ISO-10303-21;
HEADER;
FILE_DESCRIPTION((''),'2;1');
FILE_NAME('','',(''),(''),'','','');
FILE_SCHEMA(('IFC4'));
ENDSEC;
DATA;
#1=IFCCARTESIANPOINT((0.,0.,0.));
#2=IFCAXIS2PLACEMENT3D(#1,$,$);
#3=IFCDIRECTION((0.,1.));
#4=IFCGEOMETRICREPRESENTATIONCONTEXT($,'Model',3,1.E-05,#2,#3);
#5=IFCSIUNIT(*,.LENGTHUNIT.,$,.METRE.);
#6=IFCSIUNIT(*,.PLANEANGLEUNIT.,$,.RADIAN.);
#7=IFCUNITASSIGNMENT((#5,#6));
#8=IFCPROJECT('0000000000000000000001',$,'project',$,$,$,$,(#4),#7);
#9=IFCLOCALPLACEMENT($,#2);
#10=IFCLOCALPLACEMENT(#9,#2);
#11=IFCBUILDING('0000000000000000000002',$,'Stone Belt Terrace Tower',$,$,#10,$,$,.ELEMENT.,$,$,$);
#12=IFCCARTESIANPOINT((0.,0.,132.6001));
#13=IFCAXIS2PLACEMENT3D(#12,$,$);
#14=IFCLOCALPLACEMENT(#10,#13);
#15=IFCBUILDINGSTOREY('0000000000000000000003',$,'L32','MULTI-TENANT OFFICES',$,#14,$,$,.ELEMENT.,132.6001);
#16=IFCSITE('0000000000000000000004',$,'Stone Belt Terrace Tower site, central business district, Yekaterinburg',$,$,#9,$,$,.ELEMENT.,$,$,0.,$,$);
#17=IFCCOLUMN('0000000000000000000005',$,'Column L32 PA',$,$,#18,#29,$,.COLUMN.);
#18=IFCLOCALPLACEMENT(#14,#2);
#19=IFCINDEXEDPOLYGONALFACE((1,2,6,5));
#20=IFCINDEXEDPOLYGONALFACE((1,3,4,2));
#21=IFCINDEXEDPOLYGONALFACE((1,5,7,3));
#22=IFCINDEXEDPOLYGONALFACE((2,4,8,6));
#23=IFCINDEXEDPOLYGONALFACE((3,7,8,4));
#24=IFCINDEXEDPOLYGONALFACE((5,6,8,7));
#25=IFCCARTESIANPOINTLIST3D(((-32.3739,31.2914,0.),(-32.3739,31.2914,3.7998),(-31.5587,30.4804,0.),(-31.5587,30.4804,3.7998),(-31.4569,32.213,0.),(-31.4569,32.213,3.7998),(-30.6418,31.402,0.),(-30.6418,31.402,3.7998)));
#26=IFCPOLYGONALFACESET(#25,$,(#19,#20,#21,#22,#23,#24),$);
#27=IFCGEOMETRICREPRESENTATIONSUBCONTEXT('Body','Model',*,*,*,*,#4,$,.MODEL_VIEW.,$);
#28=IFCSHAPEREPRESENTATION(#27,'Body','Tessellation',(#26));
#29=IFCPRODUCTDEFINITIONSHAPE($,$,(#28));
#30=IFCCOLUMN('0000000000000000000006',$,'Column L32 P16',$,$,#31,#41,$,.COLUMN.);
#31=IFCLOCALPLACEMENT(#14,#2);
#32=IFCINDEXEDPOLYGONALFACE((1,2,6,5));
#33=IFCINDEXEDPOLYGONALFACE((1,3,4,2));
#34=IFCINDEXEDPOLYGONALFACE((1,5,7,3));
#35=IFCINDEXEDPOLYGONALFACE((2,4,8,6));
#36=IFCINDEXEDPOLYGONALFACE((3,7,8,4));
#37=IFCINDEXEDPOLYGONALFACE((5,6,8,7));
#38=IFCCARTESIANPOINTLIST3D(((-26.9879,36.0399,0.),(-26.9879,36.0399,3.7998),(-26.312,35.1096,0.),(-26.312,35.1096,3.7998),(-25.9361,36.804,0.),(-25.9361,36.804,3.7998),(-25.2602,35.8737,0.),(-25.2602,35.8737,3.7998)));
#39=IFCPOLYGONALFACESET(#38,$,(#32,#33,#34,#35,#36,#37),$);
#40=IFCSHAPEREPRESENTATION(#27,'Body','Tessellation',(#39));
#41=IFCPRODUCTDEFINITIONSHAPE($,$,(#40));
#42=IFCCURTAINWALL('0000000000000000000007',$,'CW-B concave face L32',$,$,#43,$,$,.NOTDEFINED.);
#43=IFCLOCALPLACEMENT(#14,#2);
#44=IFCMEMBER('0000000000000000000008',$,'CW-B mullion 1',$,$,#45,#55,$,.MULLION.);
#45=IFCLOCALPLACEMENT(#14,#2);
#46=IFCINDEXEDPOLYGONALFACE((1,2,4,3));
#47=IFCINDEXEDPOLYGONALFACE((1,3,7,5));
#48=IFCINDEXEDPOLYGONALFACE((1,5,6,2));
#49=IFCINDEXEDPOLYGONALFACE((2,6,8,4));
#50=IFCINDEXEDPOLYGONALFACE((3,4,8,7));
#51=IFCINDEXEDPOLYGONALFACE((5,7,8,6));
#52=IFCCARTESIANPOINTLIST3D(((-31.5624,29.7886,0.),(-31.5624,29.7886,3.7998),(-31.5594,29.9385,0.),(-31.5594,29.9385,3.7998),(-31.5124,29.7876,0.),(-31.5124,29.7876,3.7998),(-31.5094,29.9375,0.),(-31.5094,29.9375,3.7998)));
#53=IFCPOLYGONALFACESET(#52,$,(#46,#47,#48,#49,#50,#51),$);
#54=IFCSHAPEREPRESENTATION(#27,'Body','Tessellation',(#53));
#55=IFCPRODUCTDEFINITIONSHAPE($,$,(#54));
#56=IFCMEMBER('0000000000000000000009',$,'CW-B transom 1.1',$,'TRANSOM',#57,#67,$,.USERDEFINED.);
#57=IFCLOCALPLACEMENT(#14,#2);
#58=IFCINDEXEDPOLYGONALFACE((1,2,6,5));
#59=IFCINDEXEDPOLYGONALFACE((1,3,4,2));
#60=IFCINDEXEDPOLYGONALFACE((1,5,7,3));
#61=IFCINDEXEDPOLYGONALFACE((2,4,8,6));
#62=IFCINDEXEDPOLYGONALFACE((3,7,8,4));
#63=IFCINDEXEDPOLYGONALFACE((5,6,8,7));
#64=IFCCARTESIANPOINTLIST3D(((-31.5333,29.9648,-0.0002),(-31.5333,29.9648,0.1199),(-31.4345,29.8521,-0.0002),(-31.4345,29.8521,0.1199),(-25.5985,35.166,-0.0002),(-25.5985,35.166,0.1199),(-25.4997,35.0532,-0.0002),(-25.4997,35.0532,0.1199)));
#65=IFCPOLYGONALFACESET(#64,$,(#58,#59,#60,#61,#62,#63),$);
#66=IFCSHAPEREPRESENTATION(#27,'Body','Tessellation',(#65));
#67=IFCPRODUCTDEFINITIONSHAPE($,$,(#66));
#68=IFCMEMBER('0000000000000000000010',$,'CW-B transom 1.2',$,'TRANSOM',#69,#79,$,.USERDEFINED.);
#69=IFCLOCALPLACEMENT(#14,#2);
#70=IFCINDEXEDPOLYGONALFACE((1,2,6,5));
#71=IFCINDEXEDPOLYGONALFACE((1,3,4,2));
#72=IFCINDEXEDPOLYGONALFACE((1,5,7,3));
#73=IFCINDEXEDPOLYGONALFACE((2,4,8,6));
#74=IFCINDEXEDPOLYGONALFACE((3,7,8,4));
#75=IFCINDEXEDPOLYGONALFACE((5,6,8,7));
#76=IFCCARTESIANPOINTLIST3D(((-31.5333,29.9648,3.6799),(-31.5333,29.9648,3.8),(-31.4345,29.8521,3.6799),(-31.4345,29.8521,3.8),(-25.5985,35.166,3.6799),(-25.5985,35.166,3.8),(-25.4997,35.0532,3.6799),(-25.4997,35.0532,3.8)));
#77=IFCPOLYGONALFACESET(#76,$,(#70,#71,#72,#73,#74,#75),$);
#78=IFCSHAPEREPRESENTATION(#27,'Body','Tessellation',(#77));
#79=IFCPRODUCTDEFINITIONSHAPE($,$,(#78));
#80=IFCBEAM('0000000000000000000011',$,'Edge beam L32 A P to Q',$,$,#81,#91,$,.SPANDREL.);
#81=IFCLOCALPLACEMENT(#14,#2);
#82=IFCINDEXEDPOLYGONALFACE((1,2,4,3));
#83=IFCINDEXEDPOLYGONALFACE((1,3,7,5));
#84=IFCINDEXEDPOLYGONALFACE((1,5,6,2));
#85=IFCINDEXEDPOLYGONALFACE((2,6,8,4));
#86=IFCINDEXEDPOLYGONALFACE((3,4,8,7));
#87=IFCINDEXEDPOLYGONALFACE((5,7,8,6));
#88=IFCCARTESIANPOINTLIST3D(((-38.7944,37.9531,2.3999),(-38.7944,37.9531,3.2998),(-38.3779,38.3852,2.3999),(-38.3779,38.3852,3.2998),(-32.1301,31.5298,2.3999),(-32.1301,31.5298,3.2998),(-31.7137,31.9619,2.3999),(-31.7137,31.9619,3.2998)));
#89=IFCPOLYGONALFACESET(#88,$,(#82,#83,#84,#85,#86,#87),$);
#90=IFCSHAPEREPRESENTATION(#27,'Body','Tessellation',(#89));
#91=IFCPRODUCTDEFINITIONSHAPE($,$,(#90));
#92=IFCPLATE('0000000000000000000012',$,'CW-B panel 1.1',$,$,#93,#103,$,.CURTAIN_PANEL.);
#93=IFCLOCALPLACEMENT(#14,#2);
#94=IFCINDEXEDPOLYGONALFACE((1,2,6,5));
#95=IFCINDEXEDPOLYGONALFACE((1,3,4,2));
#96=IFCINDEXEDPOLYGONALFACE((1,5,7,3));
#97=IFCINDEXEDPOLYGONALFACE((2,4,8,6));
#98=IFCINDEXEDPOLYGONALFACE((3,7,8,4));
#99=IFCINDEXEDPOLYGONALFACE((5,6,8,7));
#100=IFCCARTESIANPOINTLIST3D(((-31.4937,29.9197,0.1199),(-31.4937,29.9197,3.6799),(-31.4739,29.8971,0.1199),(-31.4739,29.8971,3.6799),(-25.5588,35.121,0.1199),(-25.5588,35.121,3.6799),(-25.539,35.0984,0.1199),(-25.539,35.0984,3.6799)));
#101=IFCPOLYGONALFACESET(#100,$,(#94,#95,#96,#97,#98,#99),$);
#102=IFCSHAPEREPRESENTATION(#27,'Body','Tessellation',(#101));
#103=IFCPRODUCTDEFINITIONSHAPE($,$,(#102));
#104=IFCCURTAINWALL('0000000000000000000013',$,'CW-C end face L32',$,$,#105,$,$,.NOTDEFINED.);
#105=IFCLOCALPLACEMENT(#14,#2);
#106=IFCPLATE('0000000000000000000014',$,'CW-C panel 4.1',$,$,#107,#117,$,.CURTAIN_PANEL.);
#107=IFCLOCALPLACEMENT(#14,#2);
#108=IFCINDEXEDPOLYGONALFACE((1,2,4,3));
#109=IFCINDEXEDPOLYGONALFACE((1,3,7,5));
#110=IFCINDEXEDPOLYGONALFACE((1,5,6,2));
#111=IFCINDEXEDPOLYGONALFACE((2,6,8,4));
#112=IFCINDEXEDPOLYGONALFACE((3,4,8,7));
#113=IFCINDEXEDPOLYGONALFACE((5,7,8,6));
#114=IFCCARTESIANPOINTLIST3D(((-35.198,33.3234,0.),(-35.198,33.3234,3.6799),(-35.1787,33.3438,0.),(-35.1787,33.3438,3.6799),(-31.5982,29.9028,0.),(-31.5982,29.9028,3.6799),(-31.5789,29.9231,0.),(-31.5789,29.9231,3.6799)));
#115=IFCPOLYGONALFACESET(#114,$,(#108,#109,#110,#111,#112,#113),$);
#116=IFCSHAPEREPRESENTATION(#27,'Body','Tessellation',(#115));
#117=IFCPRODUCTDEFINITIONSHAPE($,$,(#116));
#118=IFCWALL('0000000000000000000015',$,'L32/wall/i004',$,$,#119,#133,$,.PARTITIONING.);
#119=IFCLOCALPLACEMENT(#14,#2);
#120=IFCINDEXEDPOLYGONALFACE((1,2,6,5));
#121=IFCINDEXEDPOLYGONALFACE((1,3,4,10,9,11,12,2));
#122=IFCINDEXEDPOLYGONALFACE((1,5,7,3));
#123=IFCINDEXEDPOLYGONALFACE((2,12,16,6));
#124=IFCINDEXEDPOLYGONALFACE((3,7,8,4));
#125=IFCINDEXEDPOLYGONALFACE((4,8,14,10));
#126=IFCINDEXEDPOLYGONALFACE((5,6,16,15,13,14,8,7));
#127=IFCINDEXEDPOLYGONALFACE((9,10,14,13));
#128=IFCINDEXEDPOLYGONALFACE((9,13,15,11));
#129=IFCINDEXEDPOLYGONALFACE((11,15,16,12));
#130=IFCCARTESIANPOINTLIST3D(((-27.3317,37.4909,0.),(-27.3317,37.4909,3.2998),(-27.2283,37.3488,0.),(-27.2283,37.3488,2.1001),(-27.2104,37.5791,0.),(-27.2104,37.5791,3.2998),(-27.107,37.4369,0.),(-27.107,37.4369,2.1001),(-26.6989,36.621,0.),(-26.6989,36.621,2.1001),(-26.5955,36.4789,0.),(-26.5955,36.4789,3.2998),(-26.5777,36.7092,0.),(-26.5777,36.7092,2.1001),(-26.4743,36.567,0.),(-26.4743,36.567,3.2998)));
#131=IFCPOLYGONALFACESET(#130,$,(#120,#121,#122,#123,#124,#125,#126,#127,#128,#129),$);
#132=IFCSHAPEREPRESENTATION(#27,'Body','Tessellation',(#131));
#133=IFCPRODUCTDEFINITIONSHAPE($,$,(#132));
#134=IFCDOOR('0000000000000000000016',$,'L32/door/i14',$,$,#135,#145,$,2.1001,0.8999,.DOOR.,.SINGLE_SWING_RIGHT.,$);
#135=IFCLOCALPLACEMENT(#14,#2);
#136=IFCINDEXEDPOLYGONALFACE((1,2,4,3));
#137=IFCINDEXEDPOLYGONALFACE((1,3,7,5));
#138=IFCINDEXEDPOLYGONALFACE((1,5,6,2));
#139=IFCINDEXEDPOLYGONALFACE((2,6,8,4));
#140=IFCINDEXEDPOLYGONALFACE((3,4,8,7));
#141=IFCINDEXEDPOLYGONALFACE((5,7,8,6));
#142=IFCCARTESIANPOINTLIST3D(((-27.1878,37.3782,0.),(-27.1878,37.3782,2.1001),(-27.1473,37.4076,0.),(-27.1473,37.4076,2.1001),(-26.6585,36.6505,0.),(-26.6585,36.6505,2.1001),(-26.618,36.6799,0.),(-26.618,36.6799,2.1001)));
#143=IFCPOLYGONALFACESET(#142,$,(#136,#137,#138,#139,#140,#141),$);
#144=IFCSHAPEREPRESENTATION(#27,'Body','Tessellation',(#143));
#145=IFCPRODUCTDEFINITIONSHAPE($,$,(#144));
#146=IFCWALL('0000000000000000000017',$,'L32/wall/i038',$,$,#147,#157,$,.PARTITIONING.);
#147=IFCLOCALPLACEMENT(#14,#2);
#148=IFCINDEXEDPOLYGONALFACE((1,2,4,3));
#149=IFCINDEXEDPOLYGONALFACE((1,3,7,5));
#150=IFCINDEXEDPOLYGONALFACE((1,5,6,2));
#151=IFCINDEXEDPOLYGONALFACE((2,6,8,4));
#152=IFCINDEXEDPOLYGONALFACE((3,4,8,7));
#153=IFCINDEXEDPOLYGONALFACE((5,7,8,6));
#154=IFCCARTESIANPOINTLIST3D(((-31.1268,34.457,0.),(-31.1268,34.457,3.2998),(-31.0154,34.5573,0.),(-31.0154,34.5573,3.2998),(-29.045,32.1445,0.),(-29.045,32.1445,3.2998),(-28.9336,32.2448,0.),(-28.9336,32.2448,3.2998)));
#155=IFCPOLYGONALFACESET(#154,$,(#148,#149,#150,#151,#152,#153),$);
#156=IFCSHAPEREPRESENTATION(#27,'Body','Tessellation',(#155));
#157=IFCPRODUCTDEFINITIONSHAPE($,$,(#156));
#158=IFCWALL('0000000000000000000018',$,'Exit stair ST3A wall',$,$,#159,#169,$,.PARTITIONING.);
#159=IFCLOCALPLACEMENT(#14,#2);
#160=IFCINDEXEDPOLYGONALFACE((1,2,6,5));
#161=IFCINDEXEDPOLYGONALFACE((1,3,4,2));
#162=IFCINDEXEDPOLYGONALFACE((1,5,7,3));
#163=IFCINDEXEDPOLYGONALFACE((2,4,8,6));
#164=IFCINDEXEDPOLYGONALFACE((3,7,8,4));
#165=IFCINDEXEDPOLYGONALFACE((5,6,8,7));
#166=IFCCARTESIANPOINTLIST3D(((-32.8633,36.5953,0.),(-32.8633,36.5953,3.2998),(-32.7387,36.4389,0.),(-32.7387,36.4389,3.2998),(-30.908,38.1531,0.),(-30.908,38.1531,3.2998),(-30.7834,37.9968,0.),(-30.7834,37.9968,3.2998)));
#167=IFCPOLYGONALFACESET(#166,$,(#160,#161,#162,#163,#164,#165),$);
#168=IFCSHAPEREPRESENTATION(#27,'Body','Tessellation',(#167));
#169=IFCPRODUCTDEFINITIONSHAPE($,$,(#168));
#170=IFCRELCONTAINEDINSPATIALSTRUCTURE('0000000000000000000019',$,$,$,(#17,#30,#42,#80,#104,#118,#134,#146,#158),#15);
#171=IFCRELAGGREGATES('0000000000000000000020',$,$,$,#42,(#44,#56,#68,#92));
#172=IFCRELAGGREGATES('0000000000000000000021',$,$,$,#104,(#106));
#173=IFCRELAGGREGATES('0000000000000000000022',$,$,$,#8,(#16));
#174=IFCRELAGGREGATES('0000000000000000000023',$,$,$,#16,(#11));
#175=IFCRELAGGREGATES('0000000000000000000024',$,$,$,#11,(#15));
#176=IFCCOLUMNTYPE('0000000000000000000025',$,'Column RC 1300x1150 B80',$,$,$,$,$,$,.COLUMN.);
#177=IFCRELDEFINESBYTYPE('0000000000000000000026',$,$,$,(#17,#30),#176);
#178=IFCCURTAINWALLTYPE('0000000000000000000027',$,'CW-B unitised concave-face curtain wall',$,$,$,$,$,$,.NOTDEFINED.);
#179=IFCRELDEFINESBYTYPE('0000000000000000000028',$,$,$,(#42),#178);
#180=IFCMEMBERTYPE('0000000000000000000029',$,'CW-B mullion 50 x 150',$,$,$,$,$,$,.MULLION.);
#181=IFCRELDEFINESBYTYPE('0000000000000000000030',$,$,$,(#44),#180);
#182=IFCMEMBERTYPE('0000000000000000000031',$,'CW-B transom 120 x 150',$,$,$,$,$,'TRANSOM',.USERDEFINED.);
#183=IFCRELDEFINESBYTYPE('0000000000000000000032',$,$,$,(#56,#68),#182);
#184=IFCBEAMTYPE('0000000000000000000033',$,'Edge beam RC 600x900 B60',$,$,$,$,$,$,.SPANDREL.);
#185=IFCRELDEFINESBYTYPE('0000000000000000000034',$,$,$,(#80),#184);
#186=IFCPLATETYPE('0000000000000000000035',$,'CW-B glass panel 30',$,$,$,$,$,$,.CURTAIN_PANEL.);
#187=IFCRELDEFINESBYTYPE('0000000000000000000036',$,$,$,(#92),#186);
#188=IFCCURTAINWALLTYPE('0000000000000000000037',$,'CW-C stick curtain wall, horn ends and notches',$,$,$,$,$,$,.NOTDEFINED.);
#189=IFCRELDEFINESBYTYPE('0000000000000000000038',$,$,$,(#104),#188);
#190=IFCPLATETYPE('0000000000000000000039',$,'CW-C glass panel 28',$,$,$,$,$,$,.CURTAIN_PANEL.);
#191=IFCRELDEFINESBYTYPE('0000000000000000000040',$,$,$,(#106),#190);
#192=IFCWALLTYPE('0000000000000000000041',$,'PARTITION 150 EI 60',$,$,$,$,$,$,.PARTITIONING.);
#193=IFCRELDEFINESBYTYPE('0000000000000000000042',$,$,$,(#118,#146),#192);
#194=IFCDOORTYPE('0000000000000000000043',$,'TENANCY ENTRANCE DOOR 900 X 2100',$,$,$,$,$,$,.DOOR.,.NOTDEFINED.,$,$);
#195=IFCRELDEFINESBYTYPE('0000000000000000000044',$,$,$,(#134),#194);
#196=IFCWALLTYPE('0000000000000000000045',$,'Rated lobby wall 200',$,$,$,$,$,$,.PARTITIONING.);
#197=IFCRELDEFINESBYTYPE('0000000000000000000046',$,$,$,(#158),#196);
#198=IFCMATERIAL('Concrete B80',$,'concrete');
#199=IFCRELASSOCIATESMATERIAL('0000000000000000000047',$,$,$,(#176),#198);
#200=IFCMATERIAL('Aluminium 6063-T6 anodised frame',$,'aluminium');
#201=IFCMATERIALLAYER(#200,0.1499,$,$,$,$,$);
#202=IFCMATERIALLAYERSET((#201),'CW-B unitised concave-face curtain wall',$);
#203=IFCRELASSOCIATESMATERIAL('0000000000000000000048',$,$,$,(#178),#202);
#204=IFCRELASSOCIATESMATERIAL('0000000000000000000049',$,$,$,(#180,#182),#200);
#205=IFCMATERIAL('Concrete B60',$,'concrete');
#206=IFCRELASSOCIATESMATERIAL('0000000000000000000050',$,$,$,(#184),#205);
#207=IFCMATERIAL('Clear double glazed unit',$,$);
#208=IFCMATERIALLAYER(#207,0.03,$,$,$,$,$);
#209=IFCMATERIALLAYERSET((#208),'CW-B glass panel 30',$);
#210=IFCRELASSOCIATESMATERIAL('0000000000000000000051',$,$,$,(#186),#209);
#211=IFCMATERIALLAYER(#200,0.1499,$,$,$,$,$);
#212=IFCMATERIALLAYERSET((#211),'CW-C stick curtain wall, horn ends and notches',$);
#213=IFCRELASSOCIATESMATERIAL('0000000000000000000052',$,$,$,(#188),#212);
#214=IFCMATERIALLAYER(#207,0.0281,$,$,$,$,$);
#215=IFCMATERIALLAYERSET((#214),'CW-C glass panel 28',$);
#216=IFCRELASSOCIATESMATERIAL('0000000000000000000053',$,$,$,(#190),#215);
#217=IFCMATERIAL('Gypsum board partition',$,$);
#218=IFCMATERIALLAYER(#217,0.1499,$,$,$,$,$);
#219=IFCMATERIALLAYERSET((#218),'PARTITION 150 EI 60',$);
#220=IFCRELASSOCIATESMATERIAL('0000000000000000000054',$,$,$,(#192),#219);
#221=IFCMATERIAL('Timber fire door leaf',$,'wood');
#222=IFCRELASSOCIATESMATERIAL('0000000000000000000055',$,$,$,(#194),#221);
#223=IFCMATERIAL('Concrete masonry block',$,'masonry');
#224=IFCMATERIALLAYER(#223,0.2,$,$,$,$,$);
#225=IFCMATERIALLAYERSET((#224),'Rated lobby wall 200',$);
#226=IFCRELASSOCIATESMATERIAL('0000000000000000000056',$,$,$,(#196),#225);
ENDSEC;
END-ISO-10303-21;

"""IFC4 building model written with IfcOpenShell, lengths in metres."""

from ifc_helpers import new_model, si_unit, direction, frame, frame_2d, origin, origin_2d, place, context, subcontext, project, spatial, rectangle, extrude, material, layer, layer_set, material_profile, profile_set, type_object, element, fill, aggregate, save


model = new_model("IFC4")

# Units and contexts
model_context = context("Model", 3, precision=1e-05, world=origin(), true_north=direction((0.0, 1.0)))
body_context = subcontext(model_context, "Body", "Model", "MODEL_VIEW")
ifc_project = project(units=[si_unit("LENGTHUNIT", "METRE"), si_unit("PLANEANGLEUNIT", "RADIAN")], contexts=[model_context])

# Site, building, storey
site_placement = place(None, origin())
site = spatial("IfcSite", under=ifc_project, at=site_placement, Name="Stone Belt Terrace Tower site, central business district, Yekaterinburg", CompositionType="ELEMENT", RefElevation=0.0)
building_placement = place(site_placement, origin())
building = spatial("IfcBuilding", under=site, at=building_placement, Name="Stone Belt Terrace Tower", CompositionType="ELEMENT")
storey_placement = place(building_placement, frame((0.0, 0.0, 132.6001)))
storey = spatial("IfcBuildingStorey", under=building, at=storey_placement, Name="L32", Description="MULTI-TENANT OFFICES", CompositionType="ELEMENT", Elevation=132.6001)

# Columns
ifc_material_1 = material(Name="Concrete B80", Category="concrete")
ifc_material_profile_1 = material_profile(ifc_material_1, rectangle(XDim=1.3, YDim=1.1499, at=origin_2d()), Name="RC 1300x1150")
ifc_profile_set_1 = profile_set([ifc_material_profile_1], Name="Concrete B80")
column_type = type_object("IfcColumnType", Name="Column RC 1300x1150 B80", PredefinedType="COLUMN", material=ifc_profile_set_1)
for number, where, z_axis, x_axis, name in (
    (1, (-31.5078, 31.3467, 0.0), (0.0, 0.0, 1.0), (0.705294, 0.708915, 0.0), "Column L32 PA"),
    (2, (-26.124, 35.9568, 0.0), (0.0, 0.0, 1.0), (0.809017, 0.587785, 0.0), "Column L32 P16"),
):
    element("IfcColumn", number, at=place(storey_placement, frame(where, z_axis=z_axis, x_axis=x_axis)), inside=storey, type_object=column_type, Name=name, PredefinedType="COLUMN", context=body_context, shape_type="SweptSolid", body=[
        extrude(rectangle(XDim=1.3, YDim=1.1499, at=origin_2d()), origin(), (0.0, 0.0, 1.0), 3.7998),
    ])

# Curtain wall, members
ifc_material_2 = material(Name="Aluminium 6063-T6 anodised frame", Category="aluminium")
ifc_layer_1 = layer(ifc_material_2, 0.1499)
ifc_layer_set_1 = layer_set([ifc_layer_1], Name="CW-B unitised concave-face curtain wall")
curtain_wall_type_1 = type_object("IfcCurtainWallType", Name="CW-B unitised concave-face curtain wall", PredefinedType="NOTDEFINED", material=ifc_layer_set_1)
curtain_wall_1_placement = place(storey_placement, origin())
curtain_wall_1 = element("IfcCurtainWall", 3, at=curtain_wall_1_placement, inside=storey, type_object=curtain_wall_type_1, Name="CW-B concave face L32", PredefinedType="NOTDEFINED")
ifc_material_profile_2 = material_profile(ifc_material_2, rectangle(XDim=0.1499, YDim=0.05, at=origin_2d()), Name="Aluminium 6063-T6 50x150")
ifc_profile_set_2 = profile_set([ifc_material_profile_2], Name="Aluminium 6063-T6 anodised frame")
member_type_1 = type_object("IfcMemberType", Name="CW-B mullion 50 x 150", PredefinedType="MULLION", material=ifc_profile_set_2)
member_1_placement = place(storey_placement, frame((-31.5359, 29.863, 0.0), z_axis=(0.0, 0.0, 1.0), x_axis=(0.020135, 0.999797, 0.0)))
member_1 = element("IfcMember", 4, at=member_1_placement, type_object=member_type_1, Name="CW-B mullion 1", PredefinedType="MULLION", context=body_context, shape_type="SweptSolid", body=[
    extrude(rectangle(XDim=0.1499, YDim=0.05, at=origin_2d()), origin(), (0.0, 0.0, 1.0), 3.7998),
])
ifc_material_profile_3 = material_profile(ifc_material_2, rectangle(XDim=0.1499, YDim=0.1201, at=origin_2d()), Name="Aluminium 6063-T6 150x120")
ifc_profile_set_3 = profile_set([ifc_material_profile_3], Name="Aluminium 6063-T6 anodised frame")
member_type_2 = type_object("IfcMemberType", Name="CW-B transom 120 x 150", ElementType="TRANSOM", PredefinedType="USERDEFINED", material=ifc_profile_set_3)
member_2_placement = place(storey_placement, frame((-31.4839, 29.9084, 0.0598), z_axis=(0.752061, 0.659094, 0.0), x_axis=(-0.659094, 0.752061, 0.0)))
member_2 = element("IfcMember", 5, at=member_2_placement, type_object=member_type_2, Name="CW-B transom 1.1", ObjectType="TRANSOM", PredefinedType="USERDEFINED", context=body_context, shape_type="SweptSolid", body=[
    extrude(rectangle(XDim=0.1499, YDim=0.1201, at=origin_2d()), origin(), (0.0, 0.0, 1.0), 7.8914),
])
member_3_placement = place(storey_placement, frame((-31.4839, 29.9084, 3.74), z_axis=(0.752061, 0.659094, 0.0), x_axis=(-0.659094, 0.752061, 0.0)))
member_3 = element("IfcMember", 6, at=member_3_placement, type_object=member_type_2, Name="CW-B transom 1.2", ObjectType="TRANSOM", PredefinedType="USERDEFINED", context=body_context, shape_type="SweptSolid", body=[
    extrude(rectangle(XDim=0.1499, YDim=0.1201, at=origin_2d()), origin(), (0.0, 0.0, 1.0), 7.8914),
])

# Beam
ifc_material_3 = material(Name="Concrete B60", Category="concrete")
ifc_material_profile_4 = material_profile(ifc_material_3, rectangle(XDim=0.6001, YDim=0.8999, at=origin_2d()), Name="RC 600x900")
ifc_profile_set_4 = profile_set([ifc_material_profile_4], Name="Concrete B60")
beam_type = type_object("IfcBeamType", Name="Edge beam RC 600x900 B60", PredefinedType="SPANDREL", material=ifc_profile_set_4)
beam_placement = place(storey_placement, frame((-31.9219, 31.7458, 2.8499), z_axis=(-0.720004, 0.69397, 0.0), x_axis=(-0.69397, -0.720004, 0.0)))
element("IfcBeam", 7, at=beam_placement, inside=storey, type_object=beam_type, Name="Edge beam L32 A P to Q", PredefinedType="SPANDREL", context=body_context, shape_type="SweptSolid", body=[
    extrude(rectangle(XDim=0.6001, YDim=0.8999, at=origin_2d()), origin(), (0.0, 0.0, 1.0), 9.2559),
])

# Plate
ifc_material_4 = material(Name="Clear double glazed unit")
ifc_layer_2 = layer(ifc_material_4, 0.03)
ifc_layer_set_2 = layer_set([ifc_layer_2], Name="CW-B glass panel 30")
plate_type_1 = type_object("IfcPlateType", Name="CW-B glass panel 30", PredefinedType="CURTAIN_PANEL", material=ifc_layer_set_2)
plate_1_placement = place(storey_placement, frame((-28.5164, 32.509, 0.1199), z_axis=(0.0, 0.0, 1.0), x_axis=(0.75206, 0.659094, 0.0)))
plate_1 = element("IfcPlate", 8, at=plate_1_placement, type_object=plate_type_1, Name="CW-B panel 1.1", PredefinedType="CURTAIN_PANEL", context=body_context, shape_type="SweptSolid", body=[
    extrude(rectangle(XDim=7.8916, YDim=0.03, at=origin_2d()), origin(), (0.0, 0.0, 1.0), 3.5601),
])
aggregate(curtain_wall_1, [member_1, member_2, member_3, plate_1])

# Curtain wall, plate
ifc_layer_3 = layer(ifc_material_2, 0.1499)
ifc_layer_set_3 = layer_set([ifc_layer_3], Name="CW-C stick curtain wall, horn ends and notches")
curtain_wall_type_2 = type_object("IfcCurtainWallType", Name="CW-C stick curtain wall, horn ends and notches", PredefinedType="NOTDEFINED", material=ifc_layer_set_3)
curtain_wall_2_placement = place(storey_placement, origin())
curtain_wall_2 = element("IfcCurtainWall", 9, at=curtain_wall_2_placement, inside=storey, type_object=curtain_wall_type_2, Name="CW-C end face L32", PredefinedType="NOTDEFINED")
ifc_layer_4 = layer(ifc_material_4, 0.0281)
ifc_layer_set_4 = layer_set([ifc_layer_4], Name="CW-C glass panel 28")
plate_type_2 = type_object("IfcPlateType", Name="CW-C glass panel 28", PredefinedType="CURTAIN_PANEL", material=ifc_layer_set_4)
plate_2_placement = place(storey_placement, frame((-33.3884, 31.6233, 0.0), z_axis=(0.0, 0.0, 1.0), x_axis=(0.724914, -0.68884, 0.0)))
plate_2 = element("IfcPlate", 10, at=plate_2_placement, type_object=plate_type_2, Name="CW-C panel 4.1", PredefinedType="CURTAIN_PANEL", context=body_context, shape_type="SweptSolid", body=[
    extrude(rectangle(XDim=4.9658, YDim=0.0281, at=origin_2d()), origin(), (0.0, 0.0, 1.0), 3.6799),
])
aggregate(curtain_wall_2, [plate_2])

# Wall, opening, door
ifc_material_5 = material(Name="Gypsum board partition")
ifc_layer_5 = layer(ifc_material_5, 0.1499)
ifc_layer_set_5 = layer_set([ifc_layer_5], Name="PARTITION 150 EI 60")
wall_type_1 = type_object("IfcWallType", Name="PARTITION 150 EI 60", PredefinedType="PARTITIONING", material=ifc_layer_set_5)
wall_1_placement = place(storey_placement, frame((-26.5349, 36.5229, 0.0), z_axis=(0.0, 0.0, 1.0), x_axis=(-0.58823, 0.808694, 0.0)))
wall_1 = element("IfcWall", 11, at=wall_1_placement, inside=storey, type_object=wall_type_1, Name="L32/wall/i004", PredefinedType="PARTITIONING", context=body_context, shape_type="SweptSolid", body=[
    extrude(rectangle(XDim=1.2515, YDim=0.1499, at=frame_2d((0.6257, 0.0))), origin(), (0.0, 0.0, 1.0), 3.2998),
])
opening_1_placement = place(wall_1_placement, frame((0.1758, 0.0, 0.0)))
opening_1 = element("IfcOpeningElement", 12, at=opening_1_placement, cuts=wall_1, PredefinedType="OPENING", context=body_context, shape_type="SweptSolid", body=[
    extrude(rectangle(XDim=0.8999, YDim=2.1001, at=frame_2d((0.45, 1.05))), frame((0.0, 0.085, 0.0), z_axis=(0.0, -1.0, 0.0), x_axis=(1.0, 0.0, 0.0)), (0.0, 0.0, 1.0), 0.1699),
])
ifc_material_6 = material(Name="Timber fire door leaf", Category="wood")
door_type_1 = type_object("IfcDoorType", Name="TENANCY ENTRANCE DOOR 900 X 2100", OperationType="NOTDEFINED", PredefinedType="DOOR", material=ifc_material_6)
door_1_placement = place(opening_1_placement, origin())
door_1 = element("IfcDoor", 13, at=door_1_placement, inside=storey, type_object=door_type_1, Name="L32/door/i14", OperationType="SINGLE_SWING_RIGHT", OverallHeight=2.1001, OverallWidth=0.8999, PredefinedType="DOOR", context=body_context, shape_type="SweptSolid", body=[
    extrude(rectangle(XDim=0.8999, YDim=2.1001, at=frame_2d((0.45, 1.05))), frame((0.0, 0.0249, 0.0), z_axis=(0.0, -1.0, 0.0), x_axis=(1.0, 0.0, 0.0)), (0.0, 0.0, 1.0), 0.05),
])
fill(opening_1, door_1)

# Walls
wall_2_placement = place(storey_placement, frame((-31.071, 34.5071, 0.0), z_axis=(0.0, 0.0, 1.0), x_axis=(0.66906, -0.743208, 0.0)))
element("IfcWall", 14, at=wall_2_placement, inside=storey, type_object=wall_type_1, Name="L32/wall/i038", PredefinedType="PARTITIONING", context=body_context, shape_type="SweptSolid", body=[
    extrude(rectangle(XDim=3.1116, YDim=0.1499, at=frame_2d((1.5557, 0.0))), origin(), (0.0, 0.0, 1.0), 3.2998),
])
ifc_material_7 = material(Name="Concrete masonry block", Category="masonry")
ifc_layer_6 = layer(ifc_material_7, 0.2)
ifc_layer_set_6 = layer_set([ifc_layer_6], Name="Rated lobby wall 200")
wall_type_2 = type_object("IfcWallType", Name="Rated lobby wall 200", PredefinedType="PARTITIONING", material=ifc_layer_set_6)
wall_3_placement = place(storey_placement, frame((-30.8457, 38.075, 0.0), z_axis=(0.0, 0.0, 1.0), x_axis=(-0.782115, -0.623134, 0.0)))
element("IfcWall", 15, at=wall_3_placement, inside=storey, type_object=wall_type_2, Name="Exit stair ST3A wall", PredefinedType="PARTITIONING", context=body_context, shape_type="SweptSolid", body=[
    extrude(rectangle(XDim=2.5, YDim=0.2, at=frame_2d((1.25, 0.0))), origin(), (0.0, 0.0, 1.0), 3.2998),
])

save(model, "model.ifc")
